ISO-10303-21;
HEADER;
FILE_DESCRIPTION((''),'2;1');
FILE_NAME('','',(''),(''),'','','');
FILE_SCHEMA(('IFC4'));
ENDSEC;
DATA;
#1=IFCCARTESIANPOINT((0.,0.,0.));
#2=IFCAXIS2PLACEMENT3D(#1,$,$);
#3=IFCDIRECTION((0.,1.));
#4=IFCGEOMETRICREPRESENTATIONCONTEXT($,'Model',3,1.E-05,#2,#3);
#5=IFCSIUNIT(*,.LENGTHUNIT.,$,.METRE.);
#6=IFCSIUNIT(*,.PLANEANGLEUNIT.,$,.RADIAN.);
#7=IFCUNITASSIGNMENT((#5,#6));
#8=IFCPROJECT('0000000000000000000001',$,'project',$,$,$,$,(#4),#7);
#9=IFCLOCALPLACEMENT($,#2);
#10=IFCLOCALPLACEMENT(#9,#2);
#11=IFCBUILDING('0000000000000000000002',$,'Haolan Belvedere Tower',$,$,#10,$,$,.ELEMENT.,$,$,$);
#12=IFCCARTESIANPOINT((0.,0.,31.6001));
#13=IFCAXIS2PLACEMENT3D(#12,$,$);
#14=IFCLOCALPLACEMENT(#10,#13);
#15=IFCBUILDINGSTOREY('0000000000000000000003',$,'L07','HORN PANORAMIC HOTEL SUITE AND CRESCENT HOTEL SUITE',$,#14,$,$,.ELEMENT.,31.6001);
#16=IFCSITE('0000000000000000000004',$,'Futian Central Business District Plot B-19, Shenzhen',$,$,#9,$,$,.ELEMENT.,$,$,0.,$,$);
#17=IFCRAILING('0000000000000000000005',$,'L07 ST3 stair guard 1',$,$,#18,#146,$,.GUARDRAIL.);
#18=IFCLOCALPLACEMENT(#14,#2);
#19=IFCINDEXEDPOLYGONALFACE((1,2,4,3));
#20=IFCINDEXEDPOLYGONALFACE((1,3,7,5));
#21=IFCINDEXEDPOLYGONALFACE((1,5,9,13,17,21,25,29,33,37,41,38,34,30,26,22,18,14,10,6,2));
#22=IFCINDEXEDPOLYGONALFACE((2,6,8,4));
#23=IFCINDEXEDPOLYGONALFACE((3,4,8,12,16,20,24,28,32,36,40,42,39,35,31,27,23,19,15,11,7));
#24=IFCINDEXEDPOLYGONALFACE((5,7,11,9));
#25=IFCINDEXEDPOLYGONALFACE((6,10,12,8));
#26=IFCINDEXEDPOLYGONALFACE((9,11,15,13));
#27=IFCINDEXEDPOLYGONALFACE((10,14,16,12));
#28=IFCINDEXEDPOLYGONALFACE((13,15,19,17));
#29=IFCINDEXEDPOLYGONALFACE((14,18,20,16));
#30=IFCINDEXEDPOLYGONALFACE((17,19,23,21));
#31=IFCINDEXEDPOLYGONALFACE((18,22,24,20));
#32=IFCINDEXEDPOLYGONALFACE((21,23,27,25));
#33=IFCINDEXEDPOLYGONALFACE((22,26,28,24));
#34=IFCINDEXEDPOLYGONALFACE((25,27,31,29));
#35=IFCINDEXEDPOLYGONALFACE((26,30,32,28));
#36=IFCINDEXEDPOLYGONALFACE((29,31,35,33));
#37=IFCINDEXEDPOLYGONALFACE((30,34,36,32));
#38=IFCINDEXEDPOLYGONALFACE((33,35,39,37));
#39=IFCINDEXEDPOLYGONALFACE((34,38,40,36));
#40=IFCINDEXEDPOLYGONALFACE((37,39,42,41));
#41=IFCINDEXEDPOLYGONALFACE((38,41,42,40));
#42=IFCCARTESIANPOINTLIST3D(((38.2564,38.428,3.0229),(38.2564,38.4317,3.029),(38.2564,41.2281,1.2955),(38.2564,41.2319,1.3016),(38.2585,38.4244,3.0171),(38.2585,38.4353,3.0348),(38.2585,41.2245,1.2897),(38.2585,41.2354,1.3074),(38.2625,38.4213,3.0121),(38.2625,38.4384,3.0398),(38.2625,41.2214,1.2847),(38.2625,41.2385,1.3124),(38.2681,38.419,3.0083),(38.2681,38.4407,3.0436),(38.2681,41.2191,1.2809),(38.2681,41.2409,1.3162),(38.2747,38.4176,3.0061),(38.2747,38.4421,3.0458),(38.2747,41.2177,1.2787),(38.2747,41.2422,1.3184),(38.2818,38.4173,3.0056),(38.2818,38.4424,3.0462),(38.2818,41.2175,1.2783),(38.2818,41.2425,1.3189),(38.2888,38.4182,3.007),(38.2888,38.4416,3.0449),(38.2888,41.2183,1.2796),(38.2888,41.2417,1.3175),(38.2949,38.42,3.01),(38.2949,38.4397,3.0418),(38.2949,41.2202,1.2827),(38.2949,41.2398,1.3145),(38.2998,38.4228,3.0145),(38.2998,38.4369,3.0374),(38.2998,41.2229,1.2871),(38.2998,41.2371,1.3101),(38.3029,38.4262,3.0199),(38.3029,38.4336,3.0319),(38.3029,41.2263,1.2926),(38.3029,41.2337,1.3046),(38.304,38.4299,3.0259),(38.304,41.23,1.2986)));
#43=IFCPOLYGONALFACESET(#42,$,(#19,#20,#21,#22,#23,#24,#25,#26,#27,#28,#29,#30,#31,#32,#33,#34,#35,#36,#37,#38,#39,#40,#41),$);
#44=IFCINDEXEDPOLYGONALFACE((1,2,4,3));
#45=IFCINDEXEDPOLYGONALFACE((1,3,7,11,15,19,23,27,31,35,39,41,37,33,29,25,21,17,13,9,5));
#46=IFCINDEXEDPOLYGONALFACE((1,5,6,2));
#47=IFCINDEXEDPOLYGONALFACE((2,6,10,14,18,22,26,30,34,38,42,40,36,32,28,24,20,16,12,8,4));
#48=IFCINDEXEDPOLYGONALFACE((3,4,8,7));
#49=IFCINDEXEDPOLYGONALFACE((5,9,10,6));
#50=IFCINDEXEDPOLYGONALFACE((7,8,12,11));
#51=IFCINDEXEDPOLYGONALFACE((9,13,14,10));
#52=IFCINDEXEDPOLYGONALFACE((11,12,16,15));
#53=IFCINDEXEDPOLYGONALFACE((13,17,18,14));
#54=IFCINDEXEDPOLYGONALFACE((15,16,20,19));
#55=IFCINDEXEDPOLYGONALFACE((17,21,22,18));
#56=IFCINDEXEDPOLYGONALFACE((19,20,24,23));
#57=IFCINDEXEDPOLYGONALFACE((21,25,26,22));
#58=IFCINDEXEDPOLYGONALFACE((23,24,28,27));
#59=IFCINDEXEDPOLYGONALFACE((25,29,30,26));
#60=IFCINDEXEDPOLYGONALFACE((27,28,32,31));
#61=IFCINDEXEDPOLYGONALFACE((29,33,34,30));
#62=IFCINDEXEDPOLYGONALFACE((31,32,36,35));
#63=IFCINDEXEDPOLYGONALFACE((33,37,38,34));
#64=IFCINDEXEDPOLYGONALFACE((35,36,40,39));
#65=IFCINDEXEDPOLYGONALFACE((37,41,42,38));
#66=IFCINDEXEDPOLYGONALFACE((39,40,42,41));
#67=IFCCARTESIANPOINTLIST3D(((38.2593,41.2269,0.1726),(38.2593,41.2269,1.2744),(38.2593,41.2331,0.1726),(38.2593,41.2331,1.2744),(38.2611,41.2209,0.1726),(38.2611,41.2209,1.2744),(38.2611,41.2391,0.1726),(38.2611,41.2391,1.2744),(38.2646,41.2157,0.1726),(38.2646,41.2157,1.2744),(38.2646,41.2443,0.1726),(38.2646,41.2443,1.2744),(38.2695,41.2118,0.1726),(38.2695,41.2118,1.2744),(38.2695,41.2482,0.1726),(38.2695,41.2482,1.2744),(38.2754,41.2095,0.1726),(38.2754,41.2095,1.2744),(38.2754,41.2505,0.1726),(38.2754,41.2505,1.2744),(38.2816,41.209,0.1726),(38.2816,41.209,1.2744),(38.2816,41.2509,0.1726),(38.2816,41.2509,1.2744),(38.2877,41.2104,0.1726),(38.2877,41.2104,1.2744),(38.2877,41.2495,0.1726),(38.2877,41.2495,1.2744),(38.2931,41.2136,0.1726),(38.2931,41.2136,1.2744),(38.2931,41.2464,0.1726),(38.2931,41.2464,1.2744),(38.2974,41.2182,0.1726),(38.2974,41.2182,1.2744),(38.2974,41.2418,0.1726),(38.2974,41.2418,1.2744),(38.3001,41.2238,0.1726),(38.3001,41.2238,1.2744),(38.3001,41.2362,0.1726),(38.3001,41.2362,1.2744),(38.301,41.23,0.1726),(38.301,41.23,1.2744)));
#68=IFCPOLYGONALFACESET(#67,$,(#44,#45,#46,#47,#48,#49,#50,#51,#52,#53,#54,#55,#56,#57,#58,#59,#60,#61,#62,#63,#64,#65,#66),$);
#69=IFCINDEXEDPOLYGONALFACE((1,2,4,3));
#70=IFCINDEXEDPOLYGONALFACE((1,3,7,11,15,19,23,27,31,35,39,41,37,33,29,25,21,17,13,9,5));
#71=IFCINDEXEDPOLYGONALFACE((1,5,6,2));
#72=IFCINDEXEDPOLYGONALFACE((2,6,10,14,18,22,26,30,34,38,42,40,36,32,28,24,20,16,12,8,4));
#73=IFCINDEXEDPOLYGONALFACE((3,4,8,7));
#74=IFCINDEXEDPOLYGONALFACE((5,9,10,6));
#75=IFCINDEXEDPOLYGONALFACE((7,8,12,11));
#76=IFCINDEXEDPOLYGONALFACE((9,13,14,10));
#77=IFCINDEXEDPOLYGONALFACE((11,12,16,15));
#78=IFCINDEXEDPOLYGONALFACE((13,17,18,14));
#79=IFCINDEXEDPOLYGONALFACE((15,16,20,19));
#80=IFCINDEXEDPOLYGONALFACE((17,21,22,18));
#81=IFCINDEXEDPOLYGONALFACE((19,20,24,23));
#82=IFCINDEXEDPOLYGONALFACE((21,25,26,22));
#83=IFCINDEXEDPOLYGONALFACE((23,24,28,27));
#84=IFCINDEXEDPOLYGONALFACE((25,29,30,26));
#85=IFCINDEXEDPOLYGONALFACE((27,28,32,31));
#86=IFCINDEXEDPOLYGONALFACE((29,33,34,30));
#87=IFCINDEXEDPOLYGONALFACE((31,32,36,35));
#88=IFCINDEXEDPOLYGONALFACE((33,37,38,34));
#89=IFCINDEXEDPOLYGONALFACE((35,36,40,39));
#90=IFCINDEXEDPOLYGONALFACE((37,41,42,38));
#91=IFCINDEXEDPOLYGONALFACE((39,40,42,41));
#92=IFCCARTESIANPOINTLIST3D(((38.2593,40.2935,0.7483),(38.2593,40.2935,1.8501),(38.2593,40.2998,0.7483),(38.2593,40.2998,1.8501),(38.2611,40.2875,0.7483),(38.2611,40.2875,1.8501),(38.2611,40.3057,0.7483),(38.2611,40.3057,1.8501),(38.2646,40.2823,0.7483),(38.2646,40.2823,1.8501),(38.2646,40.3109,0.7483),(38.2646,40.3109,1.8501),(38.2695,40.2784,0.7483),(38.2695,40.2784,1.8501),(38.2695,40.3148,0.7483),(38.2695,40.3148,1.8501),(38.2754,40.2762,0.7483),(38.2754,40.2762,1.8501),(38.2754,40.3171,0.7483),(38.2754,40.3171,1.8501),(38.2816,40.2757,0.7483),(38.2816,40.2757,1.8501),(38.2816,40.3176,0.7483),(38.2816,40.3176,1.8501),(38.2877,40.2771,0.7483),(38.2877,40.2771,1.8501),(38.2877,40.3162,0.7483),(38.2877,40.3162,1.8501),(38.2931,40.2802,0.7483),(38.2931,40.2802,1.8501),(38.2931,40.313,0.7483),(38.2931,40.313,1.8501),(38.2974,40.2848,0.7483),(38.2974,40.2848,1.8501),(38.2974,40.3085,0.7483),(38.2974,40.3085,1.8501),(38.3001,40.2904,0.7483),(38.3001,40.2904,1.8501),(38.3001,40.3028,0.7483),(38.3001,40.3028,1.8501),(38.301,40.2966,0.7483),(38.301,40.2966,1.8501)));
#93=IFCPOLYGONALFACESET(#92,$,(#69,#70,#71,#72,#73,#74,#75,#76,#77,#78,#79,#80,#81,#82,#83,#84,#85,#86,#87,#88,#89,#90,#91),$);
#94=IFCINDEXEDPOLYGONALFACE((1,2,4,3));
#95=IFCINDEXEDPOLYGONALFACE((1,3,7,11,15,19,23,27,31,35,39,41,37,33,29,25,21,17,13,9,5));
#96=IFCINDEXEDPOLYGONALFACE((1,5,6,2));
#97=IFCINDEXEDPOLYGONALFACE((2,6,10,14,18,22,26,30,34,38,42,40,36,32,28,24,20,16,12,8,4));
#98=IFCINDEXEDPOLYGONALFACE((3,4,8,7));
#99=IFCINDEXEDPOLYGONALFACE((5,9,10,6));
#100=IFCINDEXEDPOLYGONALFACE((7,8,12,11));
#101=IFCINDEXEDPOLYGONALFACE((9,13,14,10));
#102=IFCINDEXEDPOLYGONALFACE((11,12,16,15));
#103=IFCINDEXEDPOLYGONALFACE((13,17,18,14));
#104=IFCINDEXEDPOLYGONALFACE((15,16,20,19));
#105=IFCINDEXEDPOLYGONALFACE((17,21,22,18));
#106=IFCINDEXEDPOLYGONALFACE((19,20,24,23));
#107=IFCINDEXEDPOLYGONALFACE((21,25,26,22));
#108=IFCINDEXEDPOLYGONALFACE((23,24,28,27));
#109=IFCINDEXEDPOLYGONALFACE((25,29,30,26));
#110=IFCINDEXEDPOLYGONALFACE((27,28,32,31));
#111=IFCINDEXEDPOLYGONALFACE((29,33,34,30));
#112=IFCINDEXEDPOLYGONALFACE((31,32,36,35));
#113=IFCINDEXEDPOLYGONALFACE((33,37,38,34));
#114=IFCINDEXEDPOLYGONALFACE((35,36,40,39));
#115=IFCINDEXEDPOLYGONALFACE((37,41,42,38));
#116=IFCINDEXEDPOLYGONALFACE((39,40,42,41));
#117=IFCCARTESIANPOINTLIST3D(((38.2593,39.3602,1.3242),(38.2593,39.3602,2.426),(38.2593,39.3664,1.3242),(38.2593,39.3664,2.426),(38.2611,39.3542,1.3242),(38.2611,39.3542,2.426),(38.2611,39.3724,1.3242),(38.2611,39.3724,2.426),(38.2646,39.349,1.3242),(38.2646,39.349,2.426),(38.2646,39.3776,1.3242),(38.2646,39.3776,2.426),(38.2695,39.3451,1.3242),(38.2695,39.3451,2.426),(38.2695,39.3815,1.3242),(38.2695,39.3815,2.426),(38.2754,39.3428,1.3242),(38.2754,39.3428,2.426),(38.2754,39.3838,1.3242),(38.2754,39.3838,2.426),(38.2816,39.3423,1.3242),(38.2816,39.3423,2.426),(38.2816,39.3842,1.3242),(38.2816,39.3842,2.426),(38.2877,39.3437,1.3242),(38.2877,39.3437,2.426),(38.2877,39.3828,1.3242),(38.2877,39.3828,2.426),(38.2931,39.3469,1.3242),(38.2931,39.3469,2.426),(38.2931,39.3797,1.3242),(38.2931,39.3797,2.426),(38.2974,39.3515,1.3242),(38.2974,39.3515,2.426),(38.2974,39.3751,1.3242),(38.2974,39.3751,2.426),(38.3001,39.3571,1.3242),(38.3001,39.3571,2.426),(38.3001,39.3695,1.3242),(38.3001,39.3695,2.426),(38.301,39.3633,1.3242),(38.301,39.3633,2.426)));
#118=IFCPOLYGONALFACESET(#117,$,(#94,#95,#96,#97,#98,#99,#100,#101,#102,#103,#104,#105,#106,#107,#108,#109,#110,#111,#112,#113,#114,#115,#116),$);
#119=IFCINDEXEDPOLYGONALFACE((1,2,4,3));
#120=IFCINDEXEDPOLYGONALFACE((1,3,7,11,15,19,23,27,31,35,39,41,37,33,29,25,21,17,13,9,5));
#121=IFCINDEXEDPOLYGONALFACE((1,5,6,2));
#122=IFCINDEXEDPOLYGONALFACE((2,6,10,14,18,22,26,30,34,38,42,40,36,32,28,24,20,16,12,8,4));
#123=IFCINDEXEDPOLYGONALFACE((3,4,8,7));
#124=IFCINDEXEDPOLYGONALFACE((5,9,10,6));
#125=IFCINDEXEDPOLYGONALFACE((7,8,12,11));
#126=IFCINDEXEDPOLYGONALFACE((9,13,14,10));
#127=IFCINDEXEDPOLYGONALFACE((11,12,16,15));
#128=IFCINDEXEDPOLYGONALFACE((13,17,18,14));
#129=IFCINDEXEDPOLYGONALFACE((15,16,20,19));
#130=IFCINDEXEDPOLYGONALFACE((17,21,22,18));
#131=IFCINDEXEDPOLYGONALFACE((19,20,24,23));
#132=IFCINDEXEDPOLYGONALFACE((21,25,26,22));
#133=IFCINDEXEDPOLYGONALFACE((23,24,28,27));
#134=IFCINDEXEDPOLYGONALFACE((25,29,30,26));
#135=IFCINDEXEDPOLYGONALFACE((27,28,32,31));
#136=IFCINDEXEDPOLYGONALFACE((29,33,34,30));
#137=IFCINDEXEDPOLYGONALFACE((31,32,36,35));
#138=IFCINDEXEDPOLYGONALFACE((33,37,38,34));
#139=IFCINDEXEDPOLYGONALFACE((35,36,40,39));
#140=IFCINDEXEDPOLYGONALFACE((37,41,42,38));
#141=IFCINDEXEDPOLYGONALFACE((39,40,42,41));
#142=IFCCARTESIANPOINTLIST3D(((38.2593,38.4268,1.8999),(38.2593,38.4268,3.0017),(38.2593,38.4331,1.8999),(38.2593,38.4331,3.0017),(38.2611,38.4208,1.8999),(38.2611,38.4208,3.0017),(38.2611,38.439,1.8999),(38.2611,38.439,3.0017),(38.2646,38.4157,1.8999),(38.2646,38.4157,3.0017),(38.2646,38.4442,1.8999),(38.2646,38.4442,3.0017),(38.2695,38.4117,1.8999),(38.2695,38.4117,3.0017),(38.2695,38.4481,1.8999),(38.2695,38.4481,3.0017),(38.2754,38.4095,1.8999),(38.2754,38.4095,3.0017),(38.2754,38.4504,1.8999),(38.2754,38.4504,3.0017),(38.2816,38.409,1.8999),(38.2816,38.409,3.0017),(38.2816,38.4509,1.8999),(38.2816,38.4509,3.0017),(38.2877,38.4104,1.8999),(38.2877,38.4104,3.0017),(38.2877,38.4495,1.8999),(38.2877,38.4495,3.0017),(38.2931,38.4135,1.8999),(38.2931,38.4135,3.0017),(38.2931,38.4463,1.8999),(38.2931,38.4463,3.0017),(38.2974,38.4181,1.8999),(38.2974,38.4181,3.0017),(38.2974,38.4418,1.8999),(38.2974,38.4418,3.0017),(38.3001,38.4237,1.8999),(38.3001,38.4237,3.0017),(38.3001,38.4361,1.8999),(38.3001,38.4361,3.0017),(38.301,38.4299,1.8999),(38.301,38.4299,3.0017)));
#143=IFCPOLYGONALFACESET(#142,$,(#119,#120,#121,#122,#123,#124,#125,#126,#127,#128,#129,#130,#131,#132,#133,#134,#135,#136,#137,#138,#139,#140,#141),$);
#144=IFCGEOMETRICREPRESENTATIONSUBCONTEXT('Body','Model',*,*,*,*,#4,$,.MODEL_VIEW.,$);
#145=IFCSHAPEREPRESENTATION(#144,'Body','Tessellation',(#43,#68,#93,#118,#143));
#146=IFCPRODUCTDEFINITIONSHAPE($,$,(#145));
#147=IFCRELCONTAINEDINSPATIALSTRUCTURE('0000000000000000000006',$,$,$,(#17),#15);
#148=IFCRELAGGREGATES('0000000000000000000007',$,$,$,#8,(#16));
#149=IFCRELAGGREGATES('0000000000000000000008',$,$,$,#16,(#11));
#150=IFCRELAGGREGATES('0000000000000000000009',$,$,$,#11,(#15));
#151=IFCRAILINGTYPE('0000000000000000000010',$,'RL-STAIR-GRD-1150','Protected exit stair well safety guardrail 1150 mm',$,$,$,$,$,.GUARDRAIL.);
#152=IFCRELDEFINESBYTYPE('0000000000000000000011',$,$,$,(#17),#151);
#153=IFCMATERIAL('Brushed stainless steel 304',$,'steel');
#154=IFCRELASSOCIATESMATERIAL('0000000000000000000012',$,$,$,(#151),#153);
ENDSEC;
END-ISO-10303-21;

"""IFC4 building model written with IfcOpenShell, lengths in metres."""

from ifc_helpers import new_model, si_unit, direction, frame, origin, origin_2d, place, context, subcontext, project, spatial, circle, extrude, material, type_object, element, save


model = new_model("IFC4")

# Units and contexts
model_context = context("Model", 3, precision=1e-05, world=origin(), true_north=direction((0.0, 1.0)))
body_context = subcontext(model_context, "Body", "Model", "MODEL_VIEW")
ifc_project = project(units=[si_unit("LENGTHUNIT", "METRE"), si_unit("PLANEANGLEUNIT", "RADIAN")], contexts=[model_context])

# Site, building, storey
site_placement = place(None, origin())
site = spatial("IfcSite", under=ifc_project, at=site_placement, Name="Futian Central Business District Plot B-19, Shenzhen", CompositionType="ELEMENT", RefElevation=0.0)
building_placement = place(site_placement, origin())
building = spatial("IfcBuilding", under=site, at=building_placement, Name="Haolan Belvedere Tower", CompositionType="ELEMENT")
storey_placement = place(building_placement, frame((0.0, 0.0, 31.6001)))
storey = spatial("IfcBuildingStorey", under=building, at=storey_placement, Name="L07", Description="HORN PANORAMIC HOTEL SUITE AND CRESCENT HOTEL SUITE", CompositionType="ELEMENT", Elevation=31.6001)

# Railing
ifc_material_1 = material(Name="Brushed stainless steel 304", Category="steel")
railing_type_1 = type_object("IfcRailingType", Name="RL-STAIR-GRD-1150", Description="Protected exit stair well safety guardrail 1150 mm", PredefinedType="GUARDRAIL", material=ifc_material_1)
railing_1_placement = place(storey_placement, frame((38.28, 41.23, 0.1726)))
element("IfcRailing", 1, at=railing_1_placement, inside=storey, type_object=railing_type_1, Name="L07 ST3 stair guard 1", PredefinedType="GUARDRAIL", context=body_context, shape_type="SweptSolid", body=[
    extrude(circle(Radius=0.0239, at=origin_2d()), frame((0.0, 0.0, 1.126), z_axis=(0.0, -0.85109, 0.52502), x_axis=(1.0, 0.0, 0.0)), (0.0, 0.0, 1.0), 3.29),
    extrude(circle(Radius=0.021, at=origin_2d()), origin(), (0.0, 0.0, 1.0), 1.1018),
    extrude(circle(Radius=0.021, at=origin_2d()), frame((0.0, -0.9333, 0.5757)), (0.0, 0.0, 1.0), 1.1018),
    extrude(circle(Radius=0.021, at=origin_2d()), frame((0.0, -1.8667, 1.1516)), (0.0, 0.0, 1.0), 1.1018),
    extrude(circle(Radius=0.021, at=origin_2d()), frame((0.0, -2.8, 1.7273)), (0.0, 0.0, 1.0), 1.1018),
])

save(model, "model.ifc")
